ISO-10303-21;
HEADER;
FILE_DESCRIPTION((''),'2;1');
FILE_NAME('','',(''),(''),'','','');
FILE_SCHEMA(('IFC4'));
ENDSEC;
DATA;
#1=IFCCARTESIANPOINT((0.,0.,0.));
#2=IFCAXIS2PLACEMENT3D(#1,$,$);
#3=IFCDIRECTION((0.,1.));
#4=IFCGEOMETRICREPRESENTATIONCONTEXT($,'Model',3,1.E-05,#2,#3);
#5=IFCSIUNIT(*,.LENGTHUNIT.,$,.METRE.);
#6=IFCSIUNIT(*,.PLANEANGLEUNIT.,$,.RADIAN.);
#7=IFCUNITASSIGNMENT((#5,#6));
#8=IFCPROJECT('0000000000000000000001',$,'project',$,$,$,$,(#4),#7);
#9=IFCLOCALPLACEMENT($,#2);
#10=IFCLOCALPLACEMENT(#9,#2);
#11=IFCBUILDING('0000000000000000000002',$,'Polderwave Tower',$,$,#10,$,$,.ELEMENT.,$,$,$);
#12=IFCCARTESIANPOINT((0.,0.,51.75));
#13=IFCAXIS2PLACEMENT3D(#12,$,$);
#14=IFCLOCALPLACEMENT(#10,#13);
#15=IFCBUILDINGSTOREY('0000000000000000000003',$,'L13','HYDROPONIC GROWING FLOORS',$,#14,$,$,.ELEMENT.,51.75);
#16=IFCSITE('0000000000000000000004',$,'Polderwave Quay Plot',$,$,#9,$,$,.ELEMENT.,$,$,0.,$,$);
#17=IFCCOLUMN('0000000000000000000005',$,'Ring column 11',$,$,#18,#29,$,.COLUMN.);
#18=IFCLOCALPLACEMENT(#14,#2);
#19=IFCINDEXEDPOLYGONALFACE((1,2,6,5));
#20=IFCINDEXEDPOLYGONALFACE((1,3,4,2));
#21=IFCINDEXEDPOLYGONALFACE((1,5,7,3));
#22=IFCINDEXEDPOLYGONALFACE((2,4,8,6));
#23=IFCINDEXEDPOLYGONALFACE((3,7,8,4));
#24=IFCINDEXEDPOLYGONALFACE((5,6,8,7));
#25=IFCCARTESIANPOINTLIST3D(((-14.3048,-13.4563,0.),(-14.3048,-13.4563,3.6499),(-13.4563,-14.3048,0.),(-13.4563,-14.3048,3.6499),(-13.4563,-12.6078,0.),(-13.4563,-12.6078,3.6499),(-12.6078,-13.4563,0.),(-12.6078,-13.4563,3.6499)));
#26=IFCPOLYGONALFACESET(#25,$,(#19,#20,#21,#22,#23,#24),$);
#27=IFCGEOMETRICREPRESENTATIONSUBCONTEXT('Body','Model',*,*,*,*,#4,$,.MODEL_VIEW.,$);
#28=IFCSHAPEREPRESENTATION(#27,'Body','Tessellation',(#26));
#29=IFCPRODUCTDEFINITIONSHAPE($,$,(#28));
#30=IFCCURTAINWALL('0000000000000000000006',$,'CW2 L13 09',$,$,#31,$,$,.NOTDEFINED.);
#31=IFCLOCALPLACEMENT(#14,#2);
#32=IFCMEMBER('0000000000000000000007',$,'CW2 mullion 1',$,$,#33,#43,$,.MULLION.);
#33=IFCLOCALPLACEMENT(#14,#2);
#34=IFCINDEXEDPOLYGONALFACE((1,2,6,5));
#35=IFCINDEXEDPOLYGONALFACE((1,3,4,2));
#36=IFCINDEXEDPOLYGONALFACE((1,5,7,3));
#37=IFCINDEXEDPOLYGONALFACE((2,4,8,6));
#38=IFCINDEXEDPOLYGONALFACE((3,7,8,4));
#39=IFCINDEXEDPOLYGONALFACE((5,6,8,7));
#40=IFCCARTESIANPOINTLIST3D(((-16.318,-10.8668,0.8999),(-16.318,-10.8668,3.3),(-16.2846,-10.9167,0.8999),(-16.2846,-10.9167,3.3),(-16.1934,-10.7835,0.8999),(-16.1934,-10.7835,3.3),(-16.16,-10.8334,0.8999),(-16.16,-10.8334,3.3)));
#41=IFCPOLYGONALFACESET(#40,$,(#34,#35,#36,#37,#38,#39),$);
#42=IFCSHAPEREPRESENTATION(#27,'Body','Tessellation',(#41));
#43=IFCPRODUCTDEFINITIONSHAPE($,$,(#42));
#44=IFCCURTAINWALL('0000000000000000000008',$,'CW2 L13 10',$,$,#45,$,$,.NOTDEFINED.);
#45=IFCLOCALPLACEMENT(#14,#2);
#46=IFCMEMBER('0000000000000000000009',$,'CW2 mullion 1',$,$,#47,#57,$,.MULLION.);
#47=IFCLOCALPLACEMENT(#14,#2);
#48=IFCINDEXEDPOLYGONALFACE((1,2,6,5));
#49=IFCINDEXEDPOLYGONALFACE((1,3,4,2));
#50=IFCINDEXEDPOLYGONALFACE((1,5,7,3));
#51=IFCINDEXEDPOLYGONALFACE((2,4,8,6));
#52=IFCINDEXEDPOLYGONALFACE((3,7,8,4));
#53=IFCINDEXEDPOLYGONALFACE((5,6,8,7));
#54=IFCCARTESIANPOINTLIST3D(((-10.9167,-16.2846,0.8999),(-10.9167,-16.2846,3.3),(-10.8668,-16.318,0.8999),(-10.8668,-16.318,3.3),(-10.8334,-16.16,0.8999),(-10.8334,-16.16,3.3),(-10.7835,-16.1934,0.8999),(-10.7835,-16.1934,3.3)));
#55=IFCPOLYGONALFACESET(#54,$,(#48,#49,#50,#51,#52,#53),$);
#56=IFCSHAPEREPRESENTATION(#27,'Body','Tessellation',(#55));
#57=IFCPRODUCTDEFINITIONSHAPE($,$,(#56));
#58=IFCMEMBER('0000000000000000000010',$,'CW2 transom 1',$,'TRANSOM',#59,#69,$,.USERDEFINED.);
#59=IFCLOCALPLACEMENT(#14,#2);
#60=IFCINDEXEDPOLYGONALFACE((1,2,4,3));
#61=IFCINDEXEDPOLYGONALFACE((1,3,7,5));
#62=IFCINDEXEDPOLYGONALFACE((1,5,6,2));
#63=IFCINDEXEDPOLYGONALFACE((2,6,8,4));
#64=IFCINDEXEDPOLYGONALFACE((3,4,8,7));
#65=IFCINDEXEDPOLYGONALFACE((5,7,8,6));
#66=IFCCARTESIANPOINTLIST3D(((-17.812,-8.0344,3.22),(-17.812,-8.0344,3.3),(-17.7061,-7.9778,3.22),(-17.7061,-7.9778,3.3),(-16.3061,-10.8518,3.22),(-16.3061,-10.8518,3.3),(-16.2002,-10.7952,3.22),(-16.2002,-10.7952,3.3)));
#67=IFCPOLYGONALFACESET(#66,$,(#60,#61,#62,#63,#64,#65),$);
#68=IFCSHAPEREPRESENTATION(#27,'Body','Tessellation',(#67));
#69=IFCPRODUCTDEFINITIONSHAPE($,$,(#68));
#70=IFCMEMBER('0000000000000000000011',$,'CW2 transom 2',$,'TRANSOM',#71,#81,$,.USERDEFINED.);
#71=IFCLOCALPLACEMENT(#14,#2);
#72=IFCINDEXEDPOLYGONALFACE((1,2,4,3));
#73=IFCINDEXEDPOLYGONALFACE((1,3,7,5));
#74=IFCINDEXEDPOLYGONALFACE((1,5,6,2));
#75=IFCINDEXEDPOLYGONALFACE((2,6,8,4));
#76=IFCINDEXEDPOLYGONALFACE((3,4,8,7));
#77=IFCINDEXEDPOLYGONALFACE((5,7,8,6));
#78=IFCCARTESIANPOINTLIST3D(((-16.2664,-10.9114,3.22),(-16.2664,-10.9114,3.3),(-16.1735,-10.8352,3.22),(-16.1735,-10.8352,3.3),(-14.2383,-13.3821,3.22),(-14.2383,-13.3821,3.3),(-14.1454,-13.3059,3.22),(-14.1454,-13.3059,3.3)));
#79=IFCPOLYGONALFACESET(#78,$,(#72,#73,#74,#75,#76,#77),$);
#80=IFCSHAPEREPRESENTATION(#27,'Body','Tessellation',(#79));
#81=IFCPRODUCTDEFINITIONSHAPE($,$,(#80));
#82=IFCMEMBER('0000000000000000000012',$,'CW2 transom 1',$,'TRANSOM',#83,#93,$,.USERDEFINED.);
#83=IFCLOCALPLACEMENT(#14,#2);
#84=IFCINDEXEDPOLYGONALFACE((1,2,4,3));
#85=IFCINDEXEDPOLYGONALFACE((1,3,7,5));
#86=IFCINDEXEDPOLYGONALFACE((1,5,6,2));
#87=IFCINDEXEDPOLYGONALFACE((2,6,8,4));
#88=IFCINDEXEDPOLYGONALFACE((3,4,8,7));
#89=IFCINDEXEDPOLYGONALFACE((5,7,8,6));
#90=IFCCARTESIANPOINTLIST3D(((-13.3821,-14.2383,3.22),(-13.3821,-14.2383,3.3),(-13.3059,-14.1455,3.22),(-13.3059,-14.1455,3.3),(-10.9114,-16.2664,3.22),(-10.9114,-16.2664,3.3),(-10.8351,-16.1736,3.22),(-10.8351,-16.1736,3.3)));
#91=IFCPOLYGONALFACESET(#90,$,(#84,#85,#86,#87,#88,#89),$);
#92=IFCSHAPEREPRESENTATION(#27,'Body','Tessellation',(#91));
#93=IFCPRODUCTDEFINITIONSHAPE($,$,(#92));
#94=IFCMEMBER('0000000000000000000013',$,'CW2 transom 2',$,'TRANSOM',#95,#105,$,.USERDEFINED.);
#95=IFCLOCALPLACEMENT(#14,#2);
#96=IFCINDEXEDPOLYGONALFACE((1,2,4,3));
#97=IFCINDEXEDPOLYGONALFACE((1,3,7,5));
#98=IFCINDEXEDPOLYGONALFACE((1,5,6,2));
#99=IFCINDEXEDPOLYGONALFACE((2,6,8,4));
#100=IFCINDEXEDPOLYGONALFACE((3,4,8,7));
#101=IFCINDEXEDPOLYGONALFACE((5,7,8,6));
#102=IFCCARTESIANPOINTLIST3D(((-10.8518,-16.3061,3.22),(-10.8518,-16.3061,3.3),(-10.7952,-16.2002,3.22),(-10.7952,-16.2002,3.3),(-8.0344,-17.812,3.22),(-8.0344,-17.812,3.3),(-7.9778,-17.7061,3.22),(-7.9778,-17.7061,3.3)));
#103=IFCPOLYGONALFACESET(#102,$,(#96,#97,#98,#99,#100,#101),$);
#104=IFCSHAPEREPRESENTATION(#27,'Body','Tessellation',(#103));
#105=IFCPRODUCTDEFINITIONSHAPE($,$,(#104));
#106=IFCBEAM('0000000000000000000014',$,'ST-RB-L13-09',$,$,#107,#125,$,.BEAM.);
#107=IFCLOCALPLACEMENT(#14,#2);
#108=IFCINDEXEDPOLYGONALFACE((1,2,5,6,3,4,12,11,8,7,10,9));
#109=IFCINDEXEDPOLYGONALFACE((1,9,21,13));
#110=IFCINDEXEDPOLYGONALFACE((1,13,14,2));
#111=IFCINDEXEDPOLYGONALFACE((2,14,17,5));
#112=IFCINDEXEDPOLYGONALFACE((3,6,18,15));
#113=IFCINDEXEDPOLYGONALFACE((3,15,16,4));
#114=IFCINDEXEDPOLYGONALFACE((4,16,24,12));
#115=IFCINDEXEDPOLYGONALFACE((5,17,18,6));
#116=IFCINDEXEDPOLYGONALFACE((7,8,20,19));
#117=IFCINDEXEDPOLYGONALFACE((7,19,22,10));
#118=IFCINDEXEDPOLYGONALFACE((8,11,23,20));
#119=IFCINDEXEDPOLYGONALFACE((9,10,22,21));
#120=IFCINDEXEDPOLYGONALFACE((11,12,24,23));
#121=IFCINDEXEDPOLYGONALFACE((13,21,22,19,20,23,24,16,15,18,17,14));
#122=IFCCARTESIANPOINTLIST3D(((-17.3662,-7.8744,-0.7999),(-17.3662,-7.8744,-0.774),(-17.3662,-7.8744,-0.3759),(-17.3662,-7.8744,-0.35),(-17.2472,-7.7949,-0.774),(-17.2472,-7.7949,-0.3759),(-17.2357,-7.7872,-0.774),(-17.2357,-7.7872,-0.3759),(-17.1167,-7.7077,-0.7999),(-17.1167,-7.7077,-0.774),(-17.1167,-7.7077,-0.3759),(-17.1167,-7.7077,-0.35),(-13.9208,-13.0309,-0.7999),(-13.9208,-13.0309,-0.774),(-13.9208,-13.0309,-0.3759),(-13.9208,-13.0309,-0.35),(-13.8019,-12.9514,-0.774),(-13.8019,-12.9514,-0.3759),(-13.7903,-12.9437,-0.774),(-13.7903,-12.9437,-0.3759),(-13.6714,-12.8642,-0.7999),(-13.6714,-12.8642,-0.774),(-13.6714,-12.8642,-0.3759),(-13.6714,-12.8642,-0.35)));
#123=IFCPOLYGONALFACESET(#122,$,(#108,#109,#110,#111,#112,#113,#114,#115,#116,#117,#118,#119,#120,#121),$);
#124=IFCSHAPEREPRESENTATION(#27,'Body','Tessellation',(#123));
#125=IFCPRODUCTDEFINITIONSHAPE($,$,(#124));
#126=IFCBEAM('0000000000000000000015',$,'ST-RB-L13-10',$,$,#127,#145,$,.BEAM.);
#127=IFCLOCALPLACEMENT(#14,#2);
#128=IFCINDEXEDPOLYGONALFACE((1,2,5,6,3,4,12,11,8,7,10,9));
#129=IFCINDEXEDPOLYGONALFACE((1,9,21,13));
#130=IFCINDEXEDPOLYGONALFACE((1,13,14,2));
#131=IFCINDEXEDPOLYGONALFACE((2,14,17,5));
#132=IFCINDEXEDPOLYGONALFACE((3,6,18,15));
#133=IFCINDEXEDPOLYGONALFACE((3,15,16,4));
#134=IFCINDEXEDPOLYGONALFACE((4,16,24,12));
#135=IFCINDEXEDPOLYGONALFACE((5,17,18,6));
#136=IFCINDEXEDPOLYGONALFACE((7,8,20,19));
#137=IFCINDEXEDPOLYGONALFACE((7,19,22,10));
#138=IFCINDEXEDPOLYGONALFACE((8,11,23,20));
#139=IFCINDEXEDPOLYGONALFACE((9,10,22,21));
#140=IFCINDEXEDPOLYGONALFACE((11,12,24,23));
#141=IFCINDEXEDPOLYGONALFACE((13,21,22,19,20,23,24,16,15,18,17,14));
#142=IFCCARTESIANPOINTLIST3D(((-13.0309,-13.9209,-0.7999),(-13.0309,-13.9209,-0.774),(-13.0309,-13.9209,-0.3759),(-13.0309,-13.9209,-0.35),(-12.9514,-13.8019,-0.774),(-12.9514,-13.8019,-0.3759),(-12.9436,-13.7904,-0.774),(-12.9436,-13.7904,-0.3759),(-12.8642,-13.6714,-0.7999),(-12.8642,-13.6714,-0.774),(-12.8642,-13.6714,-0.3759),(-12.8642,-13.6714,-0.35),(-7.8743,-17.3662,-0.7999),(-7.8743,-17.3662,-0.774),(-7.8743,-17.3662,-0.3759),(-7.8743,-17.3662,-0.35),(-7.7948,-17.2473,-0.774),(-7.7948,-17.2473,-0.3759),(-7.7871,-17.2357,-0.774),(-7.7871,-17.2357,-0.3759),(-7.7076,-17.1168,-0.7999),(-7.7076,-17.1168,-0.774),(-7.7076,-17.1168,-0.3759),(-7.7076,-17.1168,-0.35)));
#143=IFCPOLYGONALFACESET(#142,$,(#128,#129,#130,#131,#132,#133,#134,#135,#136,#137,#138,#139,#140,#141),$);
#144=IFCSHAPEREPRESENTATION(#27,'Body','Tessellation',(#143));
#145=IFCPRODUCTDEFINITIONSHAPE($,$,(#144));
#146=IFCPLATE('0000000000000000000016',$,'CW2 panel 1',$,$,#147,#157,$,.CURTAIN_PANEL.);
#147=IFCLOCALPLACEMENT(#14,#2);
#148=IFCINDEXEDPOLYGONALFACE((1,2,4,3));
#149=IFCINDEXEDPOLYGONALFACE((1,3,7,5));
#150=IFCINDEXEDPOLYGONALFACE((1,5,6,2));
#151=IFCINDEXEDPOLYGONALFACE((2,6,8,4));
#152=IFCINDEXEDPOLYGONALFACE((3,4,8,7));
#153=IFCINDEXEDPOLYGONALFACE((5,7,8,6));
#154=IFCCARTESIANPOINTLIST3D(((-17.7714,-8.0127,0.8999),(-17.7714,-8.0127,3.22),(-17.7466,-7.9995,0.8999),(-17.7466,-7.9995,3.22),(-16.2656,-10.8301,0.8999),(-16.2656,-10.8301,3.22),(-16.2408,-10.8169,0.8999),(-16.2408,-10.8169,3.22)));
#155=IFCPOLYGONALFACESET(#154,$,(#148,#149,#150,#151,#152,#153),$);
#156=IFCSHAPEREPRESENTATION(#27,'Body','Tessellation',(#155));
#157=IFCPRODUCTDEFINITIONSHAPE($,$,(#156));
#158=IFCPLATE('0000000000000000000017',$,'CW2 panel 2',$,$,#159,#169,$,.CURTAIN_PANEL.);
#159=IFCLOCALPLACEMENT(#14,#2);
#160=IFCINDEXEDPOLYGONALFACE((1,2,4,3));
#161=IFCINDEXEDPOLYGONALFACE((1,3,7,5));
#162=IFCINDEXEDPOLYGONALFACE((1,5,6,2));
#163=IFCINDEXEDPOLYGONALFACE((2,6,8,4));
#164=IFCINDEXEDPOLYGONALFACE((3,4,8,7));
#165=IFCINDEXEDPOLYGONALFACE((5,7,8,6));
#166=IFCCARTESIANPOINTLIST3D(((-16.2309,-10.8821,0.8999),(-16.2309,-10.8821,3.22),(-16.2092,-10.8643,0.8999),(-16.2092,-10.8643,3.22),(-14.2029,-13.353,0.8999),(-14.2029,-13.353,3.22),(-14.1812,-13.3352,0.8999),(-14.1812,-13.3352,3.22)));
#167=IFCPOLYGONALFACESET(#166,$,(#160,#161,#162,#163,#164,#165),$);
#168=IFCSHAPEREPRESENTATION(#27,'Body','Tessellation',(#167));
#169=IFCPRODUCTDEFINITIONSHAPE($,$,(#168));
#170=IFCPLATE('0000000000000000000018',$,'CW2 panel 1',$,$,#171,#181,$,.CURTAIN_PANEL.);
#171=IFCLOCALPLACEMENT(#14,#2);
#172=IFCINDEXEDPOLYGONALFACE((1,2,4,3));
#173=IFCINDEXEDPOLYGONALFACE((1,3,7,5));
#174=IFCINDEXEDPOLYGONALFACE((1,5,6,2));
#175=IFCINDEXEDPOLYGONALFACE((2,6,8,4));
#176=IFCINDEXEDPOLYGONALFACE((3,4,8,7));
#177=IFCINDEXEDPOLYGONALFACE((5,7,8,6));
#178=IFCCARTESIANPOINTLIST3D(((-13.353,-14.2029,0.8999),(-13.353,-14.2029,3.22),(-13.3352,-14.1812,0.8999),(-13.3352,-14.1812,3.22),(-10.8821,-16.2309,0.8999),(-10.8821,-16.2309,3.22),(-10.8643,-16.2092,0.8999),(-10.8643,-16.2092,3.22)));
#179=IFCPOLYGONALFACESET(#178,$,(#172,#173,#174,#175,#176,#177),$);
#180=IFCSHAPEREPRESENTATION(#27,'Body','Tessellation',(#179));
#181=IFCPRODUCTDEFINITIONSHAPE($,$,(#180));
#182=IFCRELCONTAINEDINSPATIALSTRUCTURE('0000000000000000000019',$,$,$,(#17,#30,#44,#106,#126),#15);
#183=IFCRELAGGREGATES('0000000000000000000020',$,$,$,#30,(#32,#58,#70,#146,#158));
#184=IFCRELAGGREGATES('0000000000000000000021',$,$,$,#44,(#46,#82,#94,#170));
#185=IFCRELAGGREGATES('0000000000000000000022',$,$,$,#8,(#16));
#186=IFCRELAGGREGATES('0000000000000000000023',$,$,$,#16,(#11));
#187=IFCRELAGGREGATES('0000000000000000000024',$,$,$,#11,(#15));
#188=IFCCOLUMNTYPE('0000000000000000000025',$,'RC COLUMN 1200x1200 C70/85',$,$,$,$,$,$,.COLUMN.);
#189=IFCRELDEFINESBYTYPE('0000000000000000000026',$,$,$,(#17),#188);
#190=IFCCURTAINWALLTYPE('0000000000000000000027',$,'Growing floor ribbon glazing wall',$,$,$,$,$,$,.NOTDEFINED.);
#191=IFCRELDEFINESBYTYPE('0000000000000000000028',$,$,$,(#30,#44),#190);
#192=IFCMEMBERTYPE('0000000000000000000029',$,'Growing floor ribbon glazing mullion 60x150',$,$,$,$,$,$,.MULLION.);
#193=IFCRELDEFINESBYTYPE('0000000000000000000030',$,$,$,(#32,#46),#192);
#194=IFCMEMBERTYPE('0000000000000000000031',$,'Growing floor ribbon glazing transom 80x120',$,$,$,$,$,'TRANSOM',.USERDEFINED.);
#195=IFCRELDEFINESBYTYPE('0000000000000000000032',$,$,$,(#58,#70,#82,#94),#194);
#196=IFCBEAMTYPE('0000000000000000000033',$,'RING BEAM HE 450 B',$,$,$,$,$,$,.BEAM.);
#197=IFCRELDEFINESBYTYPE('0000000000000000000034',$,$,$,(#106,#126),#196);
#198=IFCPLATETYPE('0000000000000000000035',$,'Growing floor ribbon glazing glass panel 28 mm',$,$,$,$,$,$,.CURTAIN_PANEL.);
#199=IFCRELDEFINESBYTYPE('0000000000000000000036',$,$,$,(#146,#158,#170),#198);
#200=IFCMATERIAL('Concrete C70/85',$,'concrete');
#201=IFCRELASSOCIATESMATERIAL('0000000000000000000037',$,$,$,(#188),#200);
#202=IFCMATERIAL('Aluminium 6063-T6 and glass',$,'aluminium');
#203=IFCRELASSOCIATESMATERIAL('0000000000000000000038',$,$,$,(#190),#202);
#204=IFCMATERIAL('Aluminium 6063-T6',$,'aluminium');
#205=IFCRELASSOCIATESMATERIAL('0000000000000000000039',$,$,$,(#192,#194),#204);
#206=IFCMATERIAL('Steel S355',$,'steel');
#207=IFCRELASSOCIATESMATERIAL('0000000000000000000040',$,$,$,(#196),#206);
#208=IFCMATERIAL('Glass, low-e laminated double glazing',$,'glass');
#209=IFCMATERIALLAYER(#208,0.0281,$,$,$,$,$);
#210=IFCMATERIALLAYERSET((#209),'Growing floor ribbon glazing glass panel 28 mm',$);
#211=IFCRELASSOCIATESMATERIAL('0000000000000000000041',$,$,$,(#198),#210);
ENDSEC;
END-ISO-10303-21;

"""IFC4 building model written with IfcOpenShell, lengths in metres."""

from ifc_helpers import new_model, si_unit, direction, frame, origin, origin_2d, place, context, subcontext, project, spatial, rectangle, i_section, extrude, material, layer, layer_set, material_profile, profile_set, type_object, element, aggregate, save


model = new_model("IFC4")

# Units and contexts
model_context = context("Model", 3, precision=1e-05, world=origin(), true_north=direction((0.0, 1.0)))
body_context = subcontext(model_context, "Body", "Model", "MODEL_VIEW")
ifc_project = project(units=[si_unit("LENGTHUNIT", "METRE"), si_unit("PLANEANGLEUNIT", "RADIAN")], contexts=[model_context])

# Site, building, storey
site_placement = place(None, origin())
site = spatial("IfcSite", under=ifc_project, at=site_placement, Name="Polderwave Quay Plot", CompositionType="ELEMENT", RefElevation=0.0)
building_placement = place(site_placement, origin())
building = spatial("IfcBuilding", under=site, at=building_placement, Name="Polderwave Tower", CompositionType="ELEMENT")
storey_placement = place(building_placement, frame((0.0, 0.0, 51.75)))
storey = spatial("IfcBuildingStorey", under=building, at=storey_placement, Name="L13", Description="HYDROPONIC GROWING FLOORS", CompositionType="ELEMENT", Elevation=51.75)

# Column
ifc_material_1 = material(Name="Concrete C70/85", Category="concrete")
ifc_material_profile_1 = material_profile(ifc_material_1, rectangle(XDim=1.2, YDim=1.2, at=origin_2d()), Name="RC 1200x1200")
ifc_profile_set_1 = profile_set([ifc_material_profile_1], Name="Concrete C70/85")
column_type = type_object("IfcColumnType", Name="RC COLUMN 1200x1200 C70/85", PredefinedType="COLUMN", material=ifc_profile_set_1)
column_placement = place(storey_placement, frame((-13.4563, -13.4563, 0.0), z_axis=(0.0, 0.0, 1.0), x_axis=(-0.707107, -0.707107, 0.0)))
element("IfcColumn", 1, at=column_placement, inside=storey, type_object=column_type, Name="Ring column 11", PredefinedType="COLUMN", context=body_context, shape_type="SweptSolid", body=[
    extrude(rectangle(XDim=1.2, YDim=1.2, at=origin_2d()), origin(), (0.0, 0.0, 1.0), 3.6499),
])

# Curtain walls, members
ifc_material_2 = material(Name="Aluminium 6063-T6 and glass", Category="aluminium")
curtain_wall_type = type_object("IfcCurtainWallType", Name="Growing floor ribbon glazing wall", PredefinedType="NOTDEFINED", material=ifc_material_2)
curtain_wall_1_placement = place(storey_placement, origin())
curtain_wall_1 = element("IfcCurtainWall", 2, at=curtain_wall_1_placement, inside=storey, type_object=curtain_wall_type, Name="CW2 L13 09", PredefinedType="NOTDEFINED")
ifc_material_3 = material(Name="Aluminium 6063-T6", Category="aluminium")
ifc_material_profile_2 = material_profile(ifc_material_3, rectangle(XDim=0.1499, YDim=0.0601, at=origin_2d()), Name="AL 60x150")
ifc_profile_set_2 = profile_set([ifc_material_profile_2], Name="Aluminium 6063-T6")
member_type_1 = type_object("IfcMemberType", Name="Growing floor ribbon glazing mullion 60x150", PredefinedType="MULLION", material=ifc_profile_set_2)
member_1_placement = place(storey_placement, frame((-16.239, -10.8501, 0.8999), z_axis=(0.0, 0.0, 1.0), x_axis=(0.831466, 0.555576, 0.0)))
member_1 = element("IfcMember", 3, at=member_1_placement, type_object=member_type_1, Name="CW2 mullion 1", PredefinedType="MULLION", context=body_context, shape_type="SweptSolid", body=[
    extrude(rectangle(XDim=0.1499, YDim=0.0601, at=origin_2d()), origin(), (0.0, 0.0, 1.0), 2.4001),
])
curtain_wall_2_placement = place(storey_placement, origin())
curtain_wall_2 = element("IfcCurtainWall", 4, at=curtain_wall_2_placement, inside=storey, type_object=curtain_wall_type, Name="CW2 L13 10", PredefinedType="NOTDEFINED")
member_2_placement = place(storey_placement, frame((-10.8501, -16.239, 0.8999), z_axis=(0.0, 0.0, 1.0), x_axis=(0.555576, 0.831466, 0.0)))
member_2 = element("IfcMember", 5, at=member_2_placement, type_object=member_type_1, Name="CW2 mullion 1", PredefinedType="MULLION", context=body_context, shape_type="SweptSolid", body=[
    extrude(rectangle(XDim=0.1499, YDim=0.0601, at=origin_2d()), origin(), (0.0, 0.0, 1.0), 2.4001),
])

# Members
ifc_material_profile_3 = material_profile(ifc_material_3, rectangle(XDim=0.1201, YDim=0.0801, at=origin_2d()), Name="AL 80x120")
ifc_profile_set_3 = profile_set([ifc_material_profile_3], Name="Aluminium 6063-T6")
member_type_2 = type_object("IfcMemberType", Name="Growing floor ribbon glazing transom 80x120", ElementType="TRANSOM", PredefinedType="USERDEFINED", material=ifc_profile_set_3)
member_3_placement = place(storey_placement, frame((-17.759, -8.0061, 3.26), z_axis=(0.471381, -0.881929, 0.0), x_axis=(0.881929, 0.471381, 0.0)))
member_3 = element("IfcMember", 6, at=member_3_placement, type_object=member_type_2, Name="CW2 transom 1", ObjectType="TRANSOM", PredefinedType="USERDEFINED", context=body_context, shape_type="SweptSolid", body=[
    extrude(rectangle(XDim=0.1201, YDim=0.0801, at=origin_2d()), origin(), (0.0, 0.0, 1.0), 3.1946),
])
member_4_placement = place(storey_placement, frame((-16.22, -10.8733, 3.26), z_axis=(0.634472, -0.772946, 0.0), x_axis=(0.772946, 0.634472, 0.0)))
member_4 = element("IfcMember", 7, at=member_4_placement, type_object=member_type_2, Name="CW2 transom 2", ObjectType="TRANSOM", PredefinedType="USERDEFINED", context=body_context, shape_type="SweptSolid", body=[
    extrude(rectangle(XDim=0.1201, YDim=0.0801, at=origin_2d()), origin(), (0.0, 0.0, 1.0), 3.1965),
])
member_5_placement = place(storey_placement, frame((-13.344, -14.1919, 3.26), z_axis=(0.772946, -0.634472, 0.0), x_axis=(0.634472, 0.772946, 0.0)))
member_5 = element("IfcMember", 8, at=member_5_placement, type_object=member_type_2, Name="CW2 transom 1", ObjectType="TRANSOM", PredefinedType="USERDEFINED", context=body_context, shape_type="SweptSolid", body=[
    extrude(rectangle(XDim=0.1201, YDim=0.0801, at=origin_2d()), origin(), (0.0, 0.0, 1.0), 3.1965),
])
member_6_placement = place(storey_placement, frame((-10.8235, -16.2532, 3.26), z_axis=(0.881929, -0.471381, 0.0), x_axis=(0.471381, 0.881929, 0.0)))
member_6 = element("IfcMember", 9, at=member_6_placement, type_object=member_type_2, Name="CW2 transom 2", ObjectType="TRANSOM", PredefinedType="USERDEFINED", context=body_context, shape_type="SweptSolid", body=[
    extrude(rectangle(XDim=0.1201, YDim=0.0801, at=origin_2d()), origin(), (0.0, 0.0, 1.0), 3.1946),
])

# Beams
ifc_material_4 = material(Name="Steel S355", Category="steel")
ifc_material_profile_4 = material_profile(ifc_material_4, i_section(OverallWidth=0.3, OverallDepth=0.45, WebThickness=0.0139, FlangeThickness=0.0259, at=origin_2d()), Name="HE 450 B")
ifc_profile_set_4 = profile_set([ifc_material_profile_4], Name="Steel S355")
beam_type = type_object("IfcBeamType", Name="RING BEAM HE 450 B", PredefinedType="BEAM", material=ifc_profile_set_4)
for number, where, z_axis, x_axis, name in (
    (10, (-17.2415, -7.791, -0.575), (0.555554, -0.831481, 0.0), (0.831481, 0.555554, 0.0), "ST-RB-L13-09"),
    (11, (-12.9475, -13.7961, -0.575), (0.831481, -0.555554, 0.0), (0.555554, 0.831481, 0.0), "ST-RB-L13-10"),
):
    element("IfcBeam", number, at=place(storey_placement, frame(where, z_axis=z_axis, x_axis=x_axis)), inside=storey, type_object=beam_type, Name=name, PredefinedType="BEAM", context=body_context, shape_type="SweptSolid", body=[
        extrude(i_section(OverallWidth=0.3, OverallDepth=0.45, WebThickness=0.0139, FlangeThickness=0.0259, at=origin_2d()), origin(), (0.0, 0.0, 1.0), 6.2017),
    ])

# Plates
ifc_material_5 = material(Name="Glass, low-e laminated double glazing", Category="glass")
ifc_layer_1 = layer(ifc_material_5, 0.0281)
ifc_layer_set_1 = layer_set([ifc_layer_1], Name="Growing floor ribbon glazing glass panel 28 mm")
plate_type = type_object("IfcPlateType", Name="Growing floor ribbon glazing glass panel 28 mm", PredefinedType="CURTAIN_PANEL", material=ifc_layer_set_1)
plate_1_placement = place(storey_placement, frame((-17.0061, -9.4148, 0.8999), z_axis=(0.0, 0.0, 1.0), x_axis=(0.471361, -0.88194, 0.0)))
plate_1 = element("IfcPlate", 12, at=plate_1_placement, type_object=plate_type, Name="CW2 panel 1", PredefinedType="CURTAIN_PANEL", context=body_context, shape_type="SweptSolid", body=[
    extrude(rectangle(XDim=3.1946, YDim=0.0281, at=origin_2d()), origin(), (0.0, 0.0, 1.0), 2.3201),
])
plate_2_placement = place(storey_placement, frame((-15.2061, -12.1086, 0.8999), z_axis=(0.0, 0.0, 1.0), x_axis=(0.634435, -0.772976, 0.0)))
plate_2 = element("IfcPlate", 13, at=plate_2_placement, type_object=plate_type, Name="CW2 panel 2", PredefinedType="CURTAIN_PANEL", context=body_context, shape_type="SweptSolid", body=[
    extrude(rectangle(XDim=3.1965, YDim=0.0281, at=origin_2d()), origin(), (0.0, 0.0, 1.0), 2.3201),
])
aggregate(curtain_wall_1, [member_1, member_3, member_4, plate_1, plate_2])
plate_3_placement = place(storey_placement, frame((-12.1086, -15.2061, 0.8999), z_axis=(0.0, 0.0, 1.0), x_axis=(0.772976, -0.634435, 0.0)))
plate_3 = element("IfcPlate", 14, at=plate_3_placement, type_object=plate_type, Name="CW2 panel 1", PredefinedType="CURTAIN_PANEL", context=body_context, shape_type="SweptSolid", body=[
    extrude(rectangle(XDim=3.1965, YDim=0.0281, at=origin_2d()), origin(), (0.0, 0.0, 1.0), 2.3201),
])
aggregate(curtain_wall_2, [member_2, member_5, member_6, plate_3])

save(model, "model.ifc")
